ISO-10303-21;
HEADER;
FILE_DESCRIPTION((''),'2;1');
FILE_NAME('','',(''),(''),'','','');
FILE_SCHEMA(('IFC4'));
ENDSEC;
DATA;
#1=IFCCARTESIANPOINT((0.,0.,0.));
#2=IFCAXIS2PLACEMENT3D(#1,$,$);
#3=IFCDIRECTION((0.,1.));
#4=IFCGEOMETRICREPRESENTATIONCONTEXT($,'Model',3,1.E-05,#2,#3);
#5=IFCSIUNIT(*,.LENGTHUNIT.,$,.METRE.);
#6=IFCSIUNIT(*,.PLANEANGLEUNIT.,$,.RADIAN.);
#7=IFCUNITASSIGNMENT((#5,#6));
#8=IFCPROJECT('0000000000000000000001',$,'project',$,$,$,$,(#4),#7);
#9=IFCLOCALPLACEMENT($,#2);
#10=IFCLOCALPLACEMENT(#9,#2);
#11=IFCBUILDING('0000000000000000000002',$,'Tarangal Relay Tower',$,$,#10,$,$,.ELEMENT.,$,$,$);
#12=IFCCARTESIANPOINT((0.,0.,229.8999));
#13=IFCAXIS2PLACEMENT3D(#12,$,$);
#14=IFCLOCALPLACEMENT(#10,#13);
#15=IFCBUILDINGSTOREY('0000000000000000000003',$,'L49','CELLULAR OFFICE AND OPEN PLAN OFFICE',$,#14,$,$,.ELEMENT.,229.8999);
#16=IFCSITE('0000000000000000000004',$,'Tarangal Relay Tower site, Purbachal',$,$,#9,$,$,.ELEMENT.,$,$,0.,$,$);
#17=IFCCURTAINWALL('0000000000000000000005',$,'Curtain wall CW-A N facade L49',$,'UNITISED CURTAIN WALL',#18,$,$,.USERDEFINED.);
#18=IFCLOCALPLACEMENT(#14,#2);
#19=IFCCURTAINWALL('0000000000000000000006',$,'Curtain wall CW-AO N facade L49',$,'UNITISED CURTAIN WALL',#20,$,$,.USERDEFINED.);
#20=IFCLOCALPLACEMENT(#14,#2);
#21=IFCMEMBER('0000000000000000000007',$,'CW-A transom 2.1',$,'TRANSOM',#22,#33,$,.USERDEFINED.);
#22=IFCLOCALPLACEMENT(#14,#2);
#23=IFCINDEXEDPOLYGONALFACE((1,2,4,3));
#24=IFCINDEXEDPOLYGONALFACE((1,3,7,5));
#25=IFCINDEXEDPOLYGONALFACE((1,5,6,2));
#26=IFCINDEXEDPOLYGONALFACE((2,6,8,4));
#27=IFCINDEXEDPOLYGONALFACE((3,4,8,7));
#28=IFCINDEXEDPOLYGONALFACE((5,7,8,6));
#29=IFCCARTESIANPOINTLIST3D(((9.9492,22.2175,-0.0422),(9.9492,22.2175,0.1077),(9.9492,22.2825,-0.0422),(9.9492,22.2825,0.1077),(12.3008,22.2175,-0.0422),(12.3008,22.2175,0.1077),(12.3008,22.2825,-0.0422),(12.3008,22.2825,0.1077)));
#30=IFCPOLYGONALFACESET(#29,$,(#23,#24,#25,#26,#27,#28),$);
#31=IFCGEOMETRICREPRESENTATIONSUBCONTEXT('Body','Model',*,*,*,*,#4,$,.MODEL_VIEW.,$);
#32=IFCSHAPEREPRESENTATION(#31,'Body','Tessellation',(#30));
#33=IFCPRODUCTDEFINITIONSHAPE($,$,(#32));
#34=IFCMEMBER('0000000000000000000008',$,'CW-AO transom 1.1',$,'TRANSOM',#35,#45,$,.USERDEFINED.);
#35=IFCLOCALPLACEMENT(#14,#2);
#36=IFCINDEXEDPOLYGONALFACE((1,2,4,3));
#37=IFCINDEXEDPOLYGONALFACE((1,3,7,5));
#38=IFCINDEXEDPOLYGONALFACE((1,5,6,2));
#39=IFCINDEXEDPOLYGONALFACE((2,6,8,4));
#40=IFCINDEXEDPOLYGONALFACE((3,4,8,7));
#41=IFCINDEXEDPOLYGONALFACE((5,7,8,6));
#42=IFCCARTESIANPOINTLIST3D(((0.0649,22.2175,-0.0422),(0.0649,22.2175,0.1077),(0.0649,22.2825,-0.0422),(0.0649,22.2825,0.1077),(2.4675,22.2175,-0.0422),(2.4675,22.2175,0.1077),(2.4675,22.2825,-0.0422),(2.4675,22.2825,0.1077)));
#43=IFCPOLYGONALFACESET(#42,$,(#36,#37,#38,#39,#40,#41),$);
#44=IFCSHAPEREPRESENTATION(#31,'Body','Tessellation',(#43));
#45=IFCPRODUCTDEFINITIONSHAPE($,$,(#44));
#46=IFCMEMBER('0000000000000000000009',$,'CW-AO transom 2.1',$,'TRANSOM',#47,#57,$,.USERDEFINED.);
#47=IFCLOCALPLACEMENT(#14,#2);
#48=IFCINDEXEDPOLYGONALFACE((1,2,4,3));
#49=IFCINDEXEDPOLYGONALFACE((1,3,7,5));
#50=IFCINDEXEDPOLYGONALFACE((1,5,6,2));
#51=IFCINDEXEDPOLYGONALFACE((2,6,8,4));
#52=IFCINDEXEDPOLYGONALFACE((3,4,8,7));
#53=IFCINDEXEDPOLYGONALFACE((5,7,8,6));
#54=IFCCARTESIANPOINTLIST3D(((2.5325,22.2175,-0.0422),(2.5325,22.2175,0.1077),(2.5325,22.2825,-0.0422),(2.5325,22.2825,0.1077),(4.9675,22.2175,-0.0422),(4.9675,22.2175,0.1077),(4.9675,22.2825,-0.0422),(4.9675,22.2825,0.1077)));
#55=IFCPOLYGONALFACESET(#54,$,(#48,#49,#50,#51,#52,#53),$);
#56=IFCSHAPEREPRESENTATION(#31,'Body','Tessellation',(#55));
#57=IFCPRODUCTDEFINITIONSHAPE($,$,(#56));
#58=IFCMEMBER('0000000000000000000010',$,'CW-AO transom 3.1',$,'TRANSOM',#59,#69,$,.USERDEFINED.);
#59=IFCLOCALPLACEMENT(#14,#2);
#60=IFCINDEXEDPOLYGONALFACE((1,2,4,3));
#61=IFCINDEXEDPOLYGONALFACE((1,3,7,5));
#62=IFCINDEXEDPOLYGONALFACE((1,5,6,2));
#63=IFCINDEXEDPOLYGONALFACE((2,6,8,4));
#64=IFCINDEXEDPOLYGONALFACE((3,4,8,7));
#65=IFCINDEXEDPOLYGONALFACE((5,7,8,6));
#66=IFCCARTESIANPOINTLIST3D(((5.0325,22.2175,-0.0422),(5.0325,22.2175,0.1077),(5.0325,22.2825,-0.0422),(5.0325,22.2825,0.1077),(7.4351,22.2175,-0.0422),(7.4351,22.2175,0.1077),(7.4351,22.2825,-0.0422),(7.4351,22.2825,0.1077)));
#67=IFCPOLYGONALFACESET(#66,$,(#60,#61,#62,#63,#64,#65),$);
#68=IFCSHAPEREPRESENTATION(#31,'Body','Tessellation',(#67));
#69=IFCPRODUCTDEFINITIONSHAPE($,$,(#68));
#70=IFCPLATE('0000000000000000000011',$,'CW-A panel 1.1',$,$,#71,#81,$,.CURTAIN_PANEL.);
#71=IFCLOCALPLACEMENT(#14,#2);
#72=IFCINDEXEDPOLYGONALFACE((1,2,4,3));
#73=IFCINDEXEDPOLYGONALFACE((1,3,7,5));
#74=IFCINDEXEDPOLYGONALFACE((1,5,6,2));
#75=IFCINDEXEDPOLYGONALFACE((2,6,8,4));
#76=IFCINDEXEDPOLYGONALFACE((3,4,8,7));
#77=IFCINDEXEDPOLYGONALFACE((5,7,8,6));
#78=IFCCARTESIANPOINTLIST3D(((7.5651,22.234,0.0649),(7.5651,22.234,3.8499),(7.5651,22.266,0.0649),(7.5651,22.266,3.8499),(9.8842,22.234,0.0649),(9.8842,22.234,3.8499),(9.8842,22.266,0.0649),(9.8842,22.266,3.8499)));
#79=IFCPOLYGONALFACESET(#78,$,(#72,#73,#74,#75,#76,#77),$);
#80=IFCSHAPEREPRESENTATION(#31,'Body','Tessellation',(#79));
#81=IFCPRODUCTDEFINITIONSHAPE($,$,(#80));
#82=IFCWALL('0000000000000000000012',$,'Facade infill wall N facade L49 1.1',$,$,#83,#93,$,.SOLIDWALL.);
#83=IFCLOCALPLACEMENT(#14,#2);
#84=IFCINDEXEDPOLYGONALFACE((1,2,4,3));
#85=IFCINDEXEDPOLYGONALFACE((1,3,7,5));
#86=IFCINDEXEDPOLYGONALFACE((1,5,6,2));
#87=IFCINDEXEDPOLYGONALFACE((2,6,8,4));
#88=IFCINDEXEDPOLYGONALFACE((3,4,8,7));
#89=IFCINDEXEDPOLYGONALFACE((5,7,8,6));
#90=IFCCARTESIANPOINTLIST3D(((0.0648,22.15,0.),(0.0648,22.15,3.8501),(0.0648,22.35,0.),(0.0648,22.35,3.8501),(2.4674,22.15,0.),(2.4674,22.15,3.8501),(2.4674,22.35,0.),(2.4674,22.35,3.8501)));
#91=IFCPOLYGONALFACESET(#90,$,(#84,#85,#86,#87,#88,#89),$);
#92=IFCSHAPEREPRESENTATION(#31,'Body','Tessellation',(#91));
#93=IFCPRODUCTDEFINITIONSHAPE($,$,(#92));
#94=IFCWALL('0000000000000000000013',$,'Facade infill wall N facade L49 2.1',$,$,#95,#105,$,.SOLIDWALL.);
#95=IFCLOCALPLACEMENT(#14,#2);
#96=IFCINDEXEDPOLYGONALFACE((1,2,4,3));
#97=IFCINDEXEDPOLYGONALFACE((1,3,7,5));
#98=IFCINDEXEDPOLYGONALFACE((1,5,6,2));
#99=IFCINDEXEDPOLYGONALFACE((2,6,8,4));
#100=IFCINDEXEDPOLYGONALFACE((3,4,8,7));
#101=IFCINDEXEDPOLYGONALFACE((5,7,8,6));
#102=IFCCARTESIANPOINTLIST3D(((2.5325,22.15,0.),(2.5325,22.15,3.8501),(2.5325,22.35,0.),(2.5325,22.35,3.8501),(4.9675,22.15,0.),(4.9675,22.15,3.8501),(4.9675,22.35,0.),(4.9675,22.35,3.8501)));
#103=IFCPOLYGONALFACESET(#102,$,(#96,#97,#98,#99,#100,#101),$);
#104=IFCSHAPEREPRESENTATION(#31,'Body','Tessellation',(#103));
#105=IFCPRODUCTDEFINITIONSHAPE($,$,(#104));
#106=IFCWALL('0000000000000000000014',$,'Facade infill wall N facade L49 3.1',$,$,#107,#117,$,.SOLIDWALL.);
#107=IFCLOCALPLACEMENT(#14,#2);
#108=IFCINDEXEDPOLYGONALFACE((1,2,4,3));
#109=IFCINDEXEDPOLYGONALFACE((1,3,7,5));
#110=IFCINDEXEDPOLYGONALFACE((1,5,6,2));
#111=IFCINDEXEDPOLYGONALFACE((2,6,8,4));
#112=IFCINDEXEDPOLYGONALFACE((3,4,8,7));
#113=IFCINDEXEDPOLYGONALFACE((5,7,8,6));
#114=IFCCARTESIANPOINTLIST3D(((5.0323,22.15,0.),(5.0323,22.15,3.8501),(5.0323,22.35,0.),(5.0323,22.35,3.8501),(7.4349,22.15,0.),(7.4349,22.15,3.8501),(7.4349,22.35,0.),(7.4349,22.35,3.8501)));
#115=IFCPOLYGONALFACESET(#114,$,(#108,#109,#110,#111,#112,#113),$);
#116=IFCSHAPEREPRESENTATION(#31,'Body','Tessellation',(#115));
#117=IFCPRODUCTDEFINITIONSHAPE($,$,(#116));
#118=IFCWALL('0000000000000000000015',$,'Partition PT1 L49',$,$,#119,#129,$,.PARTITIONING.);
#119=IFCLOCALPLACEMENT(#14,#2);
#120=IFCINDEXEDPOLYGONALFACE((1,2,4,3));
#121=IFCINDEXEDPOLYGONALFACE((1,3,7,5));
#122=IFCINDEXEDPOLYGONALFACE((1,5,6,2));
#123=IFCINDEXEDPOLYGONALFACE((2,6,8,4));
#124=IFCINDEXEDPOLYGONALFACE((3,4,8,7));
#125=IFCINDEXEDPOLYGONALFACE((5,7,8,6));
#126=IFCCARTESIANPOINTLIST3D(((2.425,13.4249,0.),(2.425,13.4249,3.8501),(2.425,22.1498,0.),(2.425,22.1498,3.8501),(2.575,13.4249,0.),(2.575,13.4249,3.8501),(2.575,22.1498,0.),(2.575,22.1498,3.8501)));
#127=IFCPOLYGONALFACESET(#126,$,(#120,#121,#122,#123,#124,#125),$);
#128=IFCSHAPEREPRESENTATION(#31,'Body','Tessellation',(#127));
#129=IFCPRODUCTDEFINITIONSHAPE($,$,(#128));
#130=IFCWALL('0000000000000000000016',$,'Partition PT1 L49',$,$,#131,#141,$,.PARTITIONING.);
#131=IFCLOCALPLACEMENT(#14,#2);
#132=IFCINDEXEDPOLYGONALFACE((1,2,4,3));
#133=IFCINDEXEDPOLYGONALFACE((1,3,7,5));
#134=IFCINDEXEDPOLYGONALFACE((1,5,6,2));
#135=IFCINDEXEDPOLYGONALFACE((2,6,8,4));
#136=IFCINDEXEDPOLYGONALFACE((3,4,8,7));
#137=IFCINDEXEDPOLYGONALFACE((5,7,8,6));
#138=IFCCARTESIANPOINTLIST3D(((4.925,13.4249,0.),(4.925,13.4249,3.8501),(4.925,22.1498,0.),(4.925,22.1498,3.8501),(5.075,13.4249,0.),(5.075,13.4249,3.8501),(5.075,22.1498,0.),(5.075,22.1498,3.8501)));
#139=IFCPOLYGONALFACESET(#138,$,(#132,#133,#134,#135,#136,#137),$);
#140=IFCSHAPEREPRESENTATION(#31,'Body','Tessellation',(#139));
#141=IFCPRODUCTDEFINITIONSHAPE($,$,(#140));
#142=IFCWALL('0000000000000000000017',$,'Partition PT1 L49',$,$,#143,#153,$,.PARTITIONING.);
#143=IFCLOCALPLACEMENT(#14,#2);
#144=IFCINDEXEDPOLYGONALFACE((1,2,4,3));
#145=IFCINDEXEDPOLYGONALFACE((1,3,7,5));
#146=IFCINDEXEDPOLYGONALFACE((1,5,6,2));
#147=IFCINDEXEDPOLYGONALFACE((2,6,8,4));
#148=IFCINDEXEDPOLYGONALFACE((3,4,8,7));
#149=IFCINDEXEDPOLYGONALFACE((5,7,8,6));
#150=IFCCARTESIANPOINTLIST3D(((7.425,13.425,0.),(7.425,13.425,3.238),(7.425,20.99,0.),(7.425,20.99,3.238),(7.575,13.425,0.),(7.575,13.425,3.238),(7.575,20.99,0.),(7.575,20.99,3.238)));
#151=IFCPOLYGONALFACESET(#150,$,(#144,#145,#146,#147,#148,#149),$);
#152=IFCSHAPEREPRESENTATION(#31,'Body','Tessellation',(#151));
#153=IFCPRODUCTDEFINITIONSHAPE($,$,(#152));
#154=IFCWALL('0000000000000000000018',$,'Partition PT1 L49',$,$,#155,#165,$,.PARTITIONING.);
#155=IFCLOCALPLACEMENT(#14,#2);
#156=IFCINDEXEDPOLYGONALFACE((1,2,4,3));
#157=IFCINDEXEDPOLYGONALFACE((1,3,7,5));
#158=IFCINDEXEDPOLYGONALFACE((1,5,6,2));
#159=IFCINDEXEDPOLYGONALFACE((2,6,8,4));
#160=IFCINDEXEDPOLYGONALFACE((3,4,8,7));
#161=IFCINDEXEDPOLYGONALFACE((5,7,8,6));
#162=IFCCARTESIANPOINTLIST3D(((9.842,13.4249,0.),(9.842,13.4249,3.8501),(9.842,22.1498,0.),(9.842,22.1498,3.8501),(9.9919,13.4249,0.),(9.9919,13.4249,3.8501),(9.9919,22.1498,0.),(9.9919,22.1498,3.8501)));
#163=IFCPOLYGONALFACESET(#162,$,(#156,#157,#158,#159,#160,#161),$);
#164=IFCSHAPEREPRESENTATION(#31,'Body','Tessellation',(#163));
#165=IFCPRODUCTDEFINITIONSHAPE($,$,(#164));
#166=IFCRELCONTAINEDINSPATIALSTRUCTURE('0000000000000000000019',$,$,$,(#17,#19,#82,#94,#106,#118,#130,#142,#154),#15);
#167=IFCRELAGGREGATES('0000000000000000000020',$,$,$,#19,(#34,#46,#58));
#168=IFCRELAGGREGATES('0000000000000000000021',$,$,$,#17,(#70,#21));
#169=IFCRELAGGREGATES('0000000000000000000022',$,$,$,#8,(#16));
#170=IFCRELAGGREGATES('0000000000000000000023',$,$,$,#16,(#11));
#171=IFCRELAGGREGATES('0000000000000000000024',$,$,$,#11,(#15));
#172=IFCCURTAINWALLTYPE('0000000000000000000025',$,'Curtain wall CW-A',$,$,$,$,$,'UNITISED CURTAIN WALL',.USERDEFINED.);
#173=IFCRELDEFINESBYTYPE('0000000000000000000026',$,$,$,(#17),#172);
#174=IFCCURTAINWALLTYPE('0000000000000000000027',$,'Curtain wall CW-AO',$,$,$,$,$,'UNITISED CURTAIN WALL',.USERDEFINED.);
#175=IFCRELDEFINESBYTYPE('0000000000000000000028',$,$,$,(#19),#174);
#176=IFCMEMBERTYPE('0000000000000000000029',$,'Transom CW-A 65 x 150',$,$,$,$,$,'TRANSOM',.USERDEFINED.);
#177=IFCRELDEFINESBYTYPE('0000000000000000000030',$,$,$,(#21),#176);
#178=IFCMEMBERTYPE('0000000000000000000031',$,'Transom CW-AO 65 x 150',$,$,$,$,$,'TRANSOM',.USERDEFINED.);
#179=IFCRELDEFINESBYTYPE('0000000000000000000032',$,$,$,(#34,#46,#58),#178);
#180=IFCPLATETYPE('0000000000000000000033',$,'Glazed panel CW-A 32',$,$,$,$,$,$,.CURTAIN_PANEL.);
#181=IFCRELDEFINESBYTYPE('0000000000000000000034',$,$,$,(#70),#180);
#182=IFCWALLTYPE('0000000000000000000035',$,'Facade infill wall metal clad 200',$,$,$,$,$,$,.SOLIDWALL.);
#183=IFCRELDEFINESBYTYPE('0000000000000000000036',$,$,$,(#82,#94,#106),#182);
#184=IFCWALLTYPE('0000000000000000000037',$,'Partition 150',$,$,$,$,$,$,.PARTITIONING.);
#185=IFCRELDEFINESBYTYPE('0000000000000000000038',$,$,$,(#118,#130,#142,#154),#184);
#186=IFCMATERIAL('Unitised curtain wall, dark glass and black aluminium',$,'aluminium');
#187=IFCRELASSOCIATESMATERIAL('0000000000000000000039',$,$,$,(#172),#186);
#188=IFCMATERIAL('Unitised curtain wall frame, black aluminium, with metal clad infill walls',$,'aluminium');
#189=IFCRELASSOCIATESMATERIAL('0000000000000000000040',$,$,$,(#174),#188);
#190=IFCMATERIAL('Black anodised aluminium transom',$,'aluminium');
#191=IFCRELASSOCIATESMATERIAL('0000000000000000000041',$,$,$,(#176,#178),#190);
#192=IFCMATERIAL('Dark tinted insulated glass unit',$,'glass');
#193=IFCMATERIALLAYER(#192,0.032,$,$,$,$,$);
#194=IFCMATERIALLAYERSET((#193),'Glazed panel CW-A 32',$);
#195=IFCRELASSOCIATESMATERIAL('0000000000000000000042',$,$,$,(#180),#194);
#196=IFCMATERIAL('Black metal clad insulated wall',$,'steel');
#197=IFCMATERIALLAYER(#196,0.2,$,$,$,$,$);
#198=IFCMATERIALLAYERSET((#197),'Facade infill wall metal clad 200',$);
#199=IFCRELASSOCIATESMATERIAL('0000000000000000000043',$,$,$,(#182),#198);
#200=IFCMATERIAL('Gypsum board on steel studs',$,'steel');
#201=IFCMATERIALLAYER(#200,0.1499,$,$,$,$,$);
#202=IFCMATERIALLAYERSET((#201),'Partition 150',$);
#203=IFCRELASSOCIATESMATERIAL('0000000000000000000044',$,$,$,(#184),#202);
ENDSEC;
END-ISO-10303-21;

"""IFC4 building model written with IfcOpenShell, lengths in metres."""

from ifc_helpers import new_model, si_unit, direction, frame, frame_2d, origin, origin_2d, place, context, subcontext, project, spatial, rectangle, extrude, material, layer, layer_set, material_profile, profile_set, type_object, element, aggregate, save


model = new_model("IFC4")

# Units and contexts
model_context = context("Model", 3, precision=1e-05, world=origin(), true_north=direction((0.0, 1.0)))
body_context = subcontext(model_context, "Body", "Model", "MODEL_VIEW")
ifc_project = project(units=[si_unit("LENGTHUNIT", "METRE"), si_unit("PLANEANGLEUNIT", "RADIAN")], contexts=[model_context])

# Site, building, storey
site_placement = place(None, origin())
site = spatial("IfcSite", under=ifc_project, at=site_placement, Name="Tarangal Relay Tower site, Purbachal", CompositionType="ELEMENT", RefElevation=0.0)
building_placement = place(site_placement, origin())
building = spatial("IfcBuilding", under=site, at=building_placement, Name="Tarangal Relay Tower", CompositionType="ELEMENT")
storey_placement = place(building_placement, frame((0.0, 0.0, 229.8999)))
storey = spatial("IfcBuildingStorey", under=building, at=storey_placement, Name="L49", Description="CELLULAR OFFICE AND OPEN PLAN OFFICE", CompositionType="ELEMENT", Elevation=229.8999)

# Curtain walls
ifc_material_1 = material(Name="Unitised curtain wall, dark glass and black aluminium", Category="aluminium")
curtain_wall_type_1 = type_object("IfcCurtainWallType", Name="Curtain wall CW-A", ElementType="UNITISED CURTAIN WALL", PredefinedType="USERDEFINED", material=ifc_material_1)
curtain_wall_1_placement = place(storey_placement, origin())
curtain_wall_1 = element("IfcCurtainWall", 1, at=curtain_wall_1_placement, inside=storey, type_object=curtain_wall_type_1, Name="Curtain wall CW-A N facade L49", ObjectType="UNITISED CURTAIN WALL", PredefinedType="USERDEFINED")
ifc_material_2 = material(Name="Unitised curtain wall frame, black aluminium, with metal clad infill walls", Category="aluminium")
curtain_wall_type_2 = type_object("IfcCurtainWallType", Name="Curtain wall CW-AO", ElementType="UNITISED CURTAIN WALL", PredefinedType="USERDEFINED", material=ifc_material_2)
curtain_wall_2_placement = place(storey_placement, origin())
curtain_wall_2 = element("IfcCurtainWall", 2, at=curtain_wall_2_placement, inside=storey, type_object=curtain_wall_type_2, Name="Curtain wall CW-AO N facade L49", ObjectType="UNITISED CURTAIN WALL", PredefinedType="USERDEFINED")

# Members
ifc_material_3 = material(Name="Black anodised aluminium transom", Category="aluminium")
ifc_material_profile_1 = material_profile(ifc_material_3, rectangle(XDim=0.0649, YDim=0.1499, at=origin_2d()), Name="CW-AT 65X150")
ifc_profile_set_1 = profile_set([ifc_material_profile_1], Name="Black anodised aluminium transom")
member_type_1 = type_object("IfcMemberType", Name="Transom CW-A 65 x 150", ElementType="TRANSOM", PredefinedType="USERDEFINED", material=ifc_profile_set_1)
member_1_placement = place(storey_placement, frame((9.9492, 22.25, 0.0327), z_axis=(1.0, 0.0, 0.0), x_axis=(0.0, 1.0, 0.0)))
member_1 = element("IfcMember", 3, at=member_1_placement, type_object=member_type_1, Name="CW-A transom 2.1", ObjectType="TRANSOM", PredefinedType="USERDEFINED", context=body_context, shape_type="SweptSolid", body=[
    extrude(rectangle(XDim=0.0649, YDim=0.1499, at=origin_2d()), origin(), (0.0, 0.0, 1.0), 2.3516),
])
ifc_material_profile_2 = material_profile(ifc_material_3, rectangle(XDim=0.0649, YDim=0.1499, at=origin_2d()), Name="CW-AOT 65X150")
ifc_profile_set_2 = profile_set([ifc_material_profile_2], Name="Black anodised aluminium transom")
member_type_2 = type_object("IfcMemberType", Name="Transom CW-AO 65 x 150", ElementType="TRANSOM", PredefinedType="USERDEFINED", material=ifc_profile_set_2)
member_2_placement = place(storey_placement, frame((0.0649, 22.25, 0.0327), z_axis=(1.0, 0.0, 0.0), x_axis=(0.0, 1.0, 0.0)))
member_2 = element("IfcMember", 4, at=member_2_placement, type_object=member_type_2, Name="CW-AO transom 1.1", ObjectType="TRANSOM", PredefinedType="USERDEFINED", context=body_context, shape_type="SweptSolid", body=[
    extrude(rectangle(XDim=0.0649, YDim=0.1499, at=origin_2d()), origin(), (0.0, 0.0, 1.0), 2.4026),
])
member_3_placement = place(storey_placement, frame((2.5325, 22.25, 0.0327), z_axis=(1.0, 0.0, 0.0), x_axis=(0.0, 1.0, 0.0)))
member_3 = element("IfcMember", 5, at=member_3_placement, type_object=member_type_2, Name="CW-AO transom 2.1", ObjectType="TRANSOM", PredefinedType="USERDEFINED", context=body_context, shape_type="SweptSolid", body=[
    extrude(rectangle(XDim=0.0649, YDim=0.1499, at=origin_2d()), origin(), (0.0, 0.0, 1.0), 2.4351),
])
member_4_placement = place(storey_placement, frame((5.0325, 22.25, 0.0327), z_axis=(1.0, 0.0, 0.0), x_axis=(0.0, 1.0, 0.0)))
member_4 = element("IfcMember", 6, at=member_4_placement, type_object=member_type_2, Name="CW-AO transom 3.1", ObjectType="TRANSOM", PredefinedType="USERDEFINED", context=body_context, shape_type="SweptSolid", body=[
    extrude(rectangle(XDim=0.0649, YDim=0.1499, at=origin_2d()), origin(), (0.0, 0.0, 1.0), 2.4026),
])
aggregate(curtain_wall_2, [member_2, member_3, member_4])

# Plate
ifc_material_4 = material(Name="Dark tinted insulated glass unit", Category="glass")
ifc_layer_1 = layer(ifc_material_4, 0.032)
ifc_layer_set_1 = layer_set([ifc_layer_1], Name="Glazed panel CW-A 32")
plate_type = type_object("IfcPlateType", Name="Glazed panel CW-A 32", PredefinedType="CURTAIN_PANEL", material=ifc_layer_set_1)
plate_placement = place(storey_placement, frame((8.7246, 22.25, 0.0649), z_axis=(0.0, 0.0, 1.0), x_axis=(1.0, 0.0, 0.0)))
plate = element("IfcPlate", 7, at=plate_placement, type_object=plate_type, Name="CW-A panel 1.1", PredefinedType="CURTAIN_PANEL", context=body_context, shape_type="SweptSolid", body=[
    extrude(rectangle(XDim=2.3191, YDim=0.032, at=origin_2d()), origin(), (0.0, 0.0, 1.0), 3.7849),
])
aggregate(curtain_wall_1, [plate, member_1])

# Walls
ifc_material_5 = material(Name="Black metal clad insulated wall", Category="steel")
ifc_layer_2 = layer(ifc_material_5, 0.2)
ifc_layer_set_2 = layer_set([ifc_layer_2], Name="Facade infill wall metal clad 200")
wall_type_1 = type_object("IfcWallType", Name="Facade infill wall metal clad 200", PredefinedType="SOLIDWALL", material=ifc_layer_set_2)
wall_1_placement = place(storey_placement, frame((0.0649, 22.25, 0.0), z_axis=(0.0, 0.0, 1.0), x_axis=(1.0, 0.0, 0.0)))
element("IfcWall", 8, at=wall_1_placement, inside=storey, type_object=wall_type_1, Name="Facade infill wall N facade L49 1.1", PredefinedType="SOLIDWALL", context=body_context, shape_type="SweptSolid", body=[
    extrude(rectangle(XDim=2.4026, YDim=0.2, at=frame_2d((1.2012, 0.0))), origin(), (0.0, 0.0, 1.0), 3.8501),
])
wall_2_placement = place(storey_placement, frame((2.5325, 22.25, 0.0), z_axis=(0.0, 0.0, 1.0), x_axis=(1.0, 0.0, 0.0)))
element("IfcWall", 9, at=wall_2_placement, inside=storey, type_object=wall_type_1, Name="Facade infill wall N facade L49 2.1", PredefinedType="SOLIDWALL", context=body_context, shape_type="SweptSolid", body=[
    extrude(rectangle(XDim=2.4351, YDim=0.2, at=frame_2d((1.2175, 0.0))), origin(), (0.0, 0.0, 1.0), 3.8501),
])
wall_3_placement = place(storey_placement, frame((5.0325, 22.25, 0.0), z_axis=(0.0, 0.0, 1.0), x_axis=(1.0, 0.0, 0.0)))
element("IfcWall", 10, at=wall_3_placement, inside=storey, type_object=wall_type_1, Name="Facade infill wall N facade L49 3.1", PredefinedType="SOLIDWALL", context=body_context, shape_type="SweptSolid", body=[
    extrude(rectangle(XDim=2.4026, YDim=0.2, at=frame_2d((1.2012, 0.0))), origin(), (0.0, 0.0, 1.0), 3.8501),
])
ifc_material_6 = material(Name="Gypsum board on steel studs", Category="steel")
ifc_layer_3 = layer(ifc_material_6, 0.1499)
ifc_layer_set_3 = layer_set([ifc_layer_3], Name="Partition 150")
wall_type_2 = type_object("IfcWallType", Name="Partition 150", PredefinedType="PARTITIONING", material=ifc_layer_set_3)
for number, where, z_axis, x_axis, name in (
    (11, (2.5, 13.425, 0.0), (0.0, 0.0, 1.0), (0.0, 1.0, 0.0), "Partition PT1 L49"),
    (12, (5.0, 13.425, 0.0), (0.0, 0.0, 1.0), (0.0, 1.0, 0.0), "Partition PT1 L49"),
):
    element("IfcWall", number, at=place(storey_placement, frame(where, z_axis=z_axis, x_axis=x_axis)), inside=storey, type_object=wall_type_2, Name=name, PredefinedType="PARTITIONING", context=body_context, shape_type="SweptSolid", body=[
        extrude(rectangle(XDim=8.7249, YDim=0.1499, at=frame_2d((4.3623, 0.0))), origin(), (0.0, 0.0, 1.0), 3.8501),
    ])
wall_4_placement = place(storey_placement, frame((7.5, 13.425, 0.0), z_axis=(0.0, 0.0, 1.0), x_axis=(0.0, 1.0, 0.0)))
element("IfcWall", 13, at=wall_4_placement, inside=storey, type_object=wall_type_2, Name="Partition PT1 L49", PredefinedType="PARTITIONING", context=body_context, shape_type="SweptSolid", body=[
    extrude(rectangle(XDim=7.5649, YDim=0.1499, at=frame_2d((3.7825, 0.0))), origin(), (0.0, 0.0, 1.0), 3.238),
])
wall_5_placement = place(storey_placement, frame((9.917, 13.425, 0.0), z_axis=(0.0, 0.0, 1.0), x_axis=(0.0, 1.0, 0.0)))
element("IfcWall", 14, at=wall_5_placement, inside=storey, type_object=wall_type_2, Name="Partition PT1 L49", PredefinedType="PARTITIONING", context=body_context, shape_type="SweptSolid", body=[
    extrude(rectangle(XDim=8.7249, YDim=0.1499, at=frame_2d((4.3623, 0.0))), origin(), (0.0, 0.0, 1.0), 3.8501),
])

save(model, "model.ifc")
